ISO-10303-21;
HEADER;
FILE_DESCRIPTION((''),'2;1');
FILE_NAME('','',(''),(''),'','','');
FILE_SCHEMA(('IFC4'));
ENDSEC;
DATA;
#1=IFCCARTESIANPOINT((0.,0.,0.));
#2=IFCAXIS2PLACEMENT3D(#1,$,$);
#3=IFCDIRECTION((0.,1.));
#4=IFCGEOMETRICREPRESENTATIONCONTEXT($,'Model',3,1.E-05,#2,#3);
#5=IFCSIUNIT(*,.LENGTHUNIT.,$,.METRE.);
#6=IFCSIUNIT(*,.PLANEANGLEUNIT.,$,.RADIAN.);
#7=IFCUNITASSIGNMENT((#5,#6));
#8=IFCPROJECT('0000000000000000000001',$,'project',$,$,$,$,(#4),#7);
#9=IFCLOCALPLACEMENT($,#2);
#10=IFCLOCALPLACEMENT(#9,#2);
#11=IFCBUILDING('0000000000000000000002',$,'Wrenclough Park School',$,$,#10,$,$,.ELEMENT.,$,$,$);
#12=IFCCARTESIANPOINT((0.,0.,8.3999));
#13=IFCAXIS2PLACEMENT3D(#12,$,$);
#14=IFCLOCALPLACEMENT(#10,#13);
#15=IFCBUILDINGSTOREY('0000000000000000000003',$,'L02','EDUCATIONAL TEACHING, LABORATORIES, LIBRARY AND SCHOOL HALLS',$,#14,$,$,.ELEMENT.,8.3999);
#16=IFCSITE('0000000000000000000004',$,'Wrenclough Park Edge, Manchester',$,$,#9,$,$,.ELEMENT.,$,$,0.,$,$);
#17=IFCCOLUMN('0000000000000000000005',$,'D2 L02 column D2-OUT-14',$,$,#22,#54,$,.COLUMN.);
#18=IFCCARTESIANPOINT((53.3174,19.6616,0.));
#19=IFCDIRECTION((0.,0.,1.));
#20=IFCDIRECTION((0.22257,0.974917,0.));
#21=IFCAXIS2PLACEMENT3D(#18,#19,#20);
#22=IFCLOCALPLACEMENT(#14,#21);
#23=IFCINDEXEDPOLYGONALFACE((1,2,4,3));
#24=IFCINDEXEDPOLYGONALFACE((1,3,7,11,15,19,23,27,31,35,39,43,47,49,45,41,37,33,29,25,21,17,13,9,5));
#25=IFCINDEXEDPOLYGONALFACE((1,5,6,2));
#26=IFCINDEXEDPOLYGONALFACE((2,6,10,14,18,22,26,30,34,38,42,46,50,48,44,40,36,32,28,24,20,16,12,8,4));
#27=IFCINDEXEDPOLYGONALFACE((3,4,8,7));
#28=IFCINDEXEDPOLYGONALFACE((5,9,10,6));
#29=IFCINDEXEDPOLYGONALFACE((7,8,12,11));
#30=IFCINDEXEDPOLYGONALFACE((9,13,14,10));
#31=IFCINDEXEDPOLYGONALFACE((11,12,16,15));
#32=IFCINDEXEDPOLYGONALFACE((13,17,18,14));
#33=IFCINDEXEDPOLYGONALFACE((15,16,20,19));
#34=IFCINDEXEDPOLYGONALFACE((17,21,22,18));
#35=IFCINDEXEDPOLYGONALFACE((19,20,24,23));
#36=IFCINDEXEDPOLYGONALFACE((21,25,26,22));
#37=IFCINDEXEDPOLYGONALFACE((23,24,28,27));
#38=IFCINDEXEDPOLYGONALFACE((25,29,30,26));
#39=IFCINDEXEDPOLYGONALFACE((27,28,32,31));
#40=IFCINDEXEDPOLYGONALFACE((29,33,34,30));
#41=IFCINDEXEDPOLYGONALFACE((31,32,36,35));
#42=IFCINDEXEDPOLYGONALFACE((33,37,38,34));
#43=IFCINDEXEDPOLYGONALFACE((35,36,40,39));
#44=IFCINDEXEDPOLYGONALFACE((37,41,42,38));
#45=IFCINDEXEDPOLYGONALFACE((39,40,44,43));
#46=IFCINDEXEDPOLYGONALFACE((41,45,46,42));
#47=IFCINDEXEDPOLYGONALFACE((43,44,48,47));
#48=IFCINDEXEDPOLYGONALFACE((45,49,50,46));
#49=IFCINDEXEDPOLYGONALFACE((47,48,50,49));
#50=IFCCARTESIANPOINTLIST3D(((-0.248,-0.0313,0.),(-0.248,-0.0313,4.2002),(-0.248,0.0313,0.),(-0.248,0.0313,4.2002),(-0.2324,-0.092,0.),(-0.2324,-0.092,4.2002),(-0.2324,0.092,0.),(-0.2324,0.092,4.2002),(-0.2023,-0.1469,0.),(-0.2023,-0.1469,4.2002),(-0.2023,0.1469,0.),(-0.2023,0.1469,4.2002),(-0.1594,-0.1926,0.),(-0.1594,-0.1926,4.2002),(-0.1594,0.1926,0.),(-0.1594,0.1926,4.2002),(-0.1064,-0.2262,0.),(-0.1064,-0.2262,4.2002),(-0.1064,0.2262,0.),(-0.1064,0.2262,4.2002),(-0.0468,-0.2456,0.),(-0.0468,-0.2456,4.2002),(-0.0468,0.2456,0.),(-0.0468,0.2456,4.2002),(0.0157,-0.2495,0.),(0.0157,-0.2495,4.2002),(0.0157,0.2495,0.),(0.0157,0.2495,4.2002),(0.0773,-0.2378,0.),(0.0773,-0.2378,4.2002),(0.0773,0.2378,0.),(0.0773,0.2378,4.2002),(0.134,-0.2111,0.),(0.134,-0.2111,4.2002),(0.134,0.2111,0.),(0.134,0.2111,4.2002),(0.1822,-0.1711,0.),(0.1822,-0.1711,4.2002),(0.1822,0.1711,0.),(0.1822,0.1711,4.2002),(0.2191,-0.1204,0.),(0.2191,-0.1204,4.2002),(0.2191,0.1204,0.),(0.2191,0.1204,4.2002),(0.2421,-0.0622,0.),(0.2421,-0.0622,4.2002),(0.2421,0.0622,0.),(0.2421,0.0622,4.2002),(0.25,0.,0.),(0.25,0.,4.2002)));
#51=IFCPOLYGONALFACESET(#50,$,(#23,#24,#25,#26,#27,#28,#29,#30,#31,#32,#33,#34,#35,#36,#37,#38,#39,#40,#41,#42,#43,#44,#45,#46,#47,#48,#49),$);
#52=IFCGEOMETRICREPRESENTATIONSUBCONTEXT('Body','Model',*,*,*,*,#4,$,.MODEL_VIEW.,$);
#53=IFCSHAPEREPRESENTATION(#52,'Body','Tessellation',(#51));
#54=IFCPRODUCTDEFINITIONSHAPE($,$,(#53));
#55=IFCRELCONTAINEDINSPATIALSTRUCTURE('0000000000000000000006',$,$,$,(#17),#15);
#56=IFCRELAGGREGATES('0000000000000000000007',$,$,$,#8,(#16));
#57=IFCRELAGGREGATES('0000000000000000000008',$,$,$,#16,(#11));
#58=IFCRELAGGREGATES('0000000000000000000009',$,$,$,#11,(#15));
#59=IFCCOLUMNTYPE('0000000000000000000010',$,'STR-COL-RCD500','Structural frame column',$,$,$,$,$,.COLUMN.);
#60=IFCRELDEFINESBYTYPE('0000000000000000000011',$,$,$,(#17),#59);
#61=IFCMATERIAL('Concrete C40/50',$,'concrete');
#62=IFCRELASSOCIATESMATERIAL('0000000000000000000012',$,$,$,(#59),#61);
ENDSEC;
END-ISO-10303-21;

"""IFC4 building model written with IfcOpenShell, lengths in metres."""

from ifc_helpers import new_model, si_unit, direction, frame, origin, origin_2d, place, context, subcontext, project, spatial, circle, extrude, material, material_profile, profile_set, type_object, element, save


model = new_model("IFC4")

# Units and contexts
model_context = context("Model", 3, precision=1e-05, world=origin(), true_north=direction((0.0, 1.0)))
body_context = subcontext(model_context, "Body", "Model", "MODEL_VIEW")
ifc_project = project(units=[si_unit("LENGTHUNIT", "METRE"), si_unit("PLANEANGLEUNIT", "RADIAN")], contexts=[model_context])

# Site, building, storey
site_placement = place(None, origin())
site = spatial("IfcSite", under=ifc_project, at=site_placement, Name="Wrenclough Park Edge, Manchester", CompositionType="ELEMENT", RefElevation=0.0)
building_placement = place(site_placement, origin())
building = spatial("IfcBuilding", under=site, at=building_placement, Name="Wrenclough Park School", CompositionType="ELEMENT")
storey_placement = place(building_placement, frame((0.0, 0.0, 8.3999)))
storey = spatial("IfcBuildingStorey", under=building, at=storey_placement, Name="L02", Description="EDUCATIONAL TEACHING, LABORATORIES, LIBRARY AND SCHOOL HALLS", CompositionType="ELEMENT", Elevation=8.3999)

# Column
ifc_material_1 = material(Name="Concrete C40/50", Category="concrete")
ifc_material_profile_1 = material_profile(ifc_material_1, circle(Radius=0.25, at=origin_2d()), Name="RC COL D500")
ifc_profile_set_1 = profile_set([ifc_material_profile_1], Name="Concrete C40/50")
column_type_1 = type_object("IfcColumnType", Name="STR-COL-RCD500", Description="Structural frame column", PredefinedType="COLUMN", material=ifc_profile_set_1)
column_placement = place(storey_placement, frame((53.3174, 19.6616, 0.0), z_axis=(0.0, 0.0, 1.0), x_axis=(0.22257, 0.974917, 0.0)))
element("IfcColumn", 1, at=column_placement, inside=storey, type_object=column_type_1, Name="D2 L02 column D2-OUT-14", PredefinedType="COLUMN", context=body_context, shape_type="SweptSolid", body=[
    extrude(circle(Radius=0.25, at=origin_2d()), origin(), (0.0, 0.0, 1.0), 4.2002),
])

save(model, "model.ifc")
